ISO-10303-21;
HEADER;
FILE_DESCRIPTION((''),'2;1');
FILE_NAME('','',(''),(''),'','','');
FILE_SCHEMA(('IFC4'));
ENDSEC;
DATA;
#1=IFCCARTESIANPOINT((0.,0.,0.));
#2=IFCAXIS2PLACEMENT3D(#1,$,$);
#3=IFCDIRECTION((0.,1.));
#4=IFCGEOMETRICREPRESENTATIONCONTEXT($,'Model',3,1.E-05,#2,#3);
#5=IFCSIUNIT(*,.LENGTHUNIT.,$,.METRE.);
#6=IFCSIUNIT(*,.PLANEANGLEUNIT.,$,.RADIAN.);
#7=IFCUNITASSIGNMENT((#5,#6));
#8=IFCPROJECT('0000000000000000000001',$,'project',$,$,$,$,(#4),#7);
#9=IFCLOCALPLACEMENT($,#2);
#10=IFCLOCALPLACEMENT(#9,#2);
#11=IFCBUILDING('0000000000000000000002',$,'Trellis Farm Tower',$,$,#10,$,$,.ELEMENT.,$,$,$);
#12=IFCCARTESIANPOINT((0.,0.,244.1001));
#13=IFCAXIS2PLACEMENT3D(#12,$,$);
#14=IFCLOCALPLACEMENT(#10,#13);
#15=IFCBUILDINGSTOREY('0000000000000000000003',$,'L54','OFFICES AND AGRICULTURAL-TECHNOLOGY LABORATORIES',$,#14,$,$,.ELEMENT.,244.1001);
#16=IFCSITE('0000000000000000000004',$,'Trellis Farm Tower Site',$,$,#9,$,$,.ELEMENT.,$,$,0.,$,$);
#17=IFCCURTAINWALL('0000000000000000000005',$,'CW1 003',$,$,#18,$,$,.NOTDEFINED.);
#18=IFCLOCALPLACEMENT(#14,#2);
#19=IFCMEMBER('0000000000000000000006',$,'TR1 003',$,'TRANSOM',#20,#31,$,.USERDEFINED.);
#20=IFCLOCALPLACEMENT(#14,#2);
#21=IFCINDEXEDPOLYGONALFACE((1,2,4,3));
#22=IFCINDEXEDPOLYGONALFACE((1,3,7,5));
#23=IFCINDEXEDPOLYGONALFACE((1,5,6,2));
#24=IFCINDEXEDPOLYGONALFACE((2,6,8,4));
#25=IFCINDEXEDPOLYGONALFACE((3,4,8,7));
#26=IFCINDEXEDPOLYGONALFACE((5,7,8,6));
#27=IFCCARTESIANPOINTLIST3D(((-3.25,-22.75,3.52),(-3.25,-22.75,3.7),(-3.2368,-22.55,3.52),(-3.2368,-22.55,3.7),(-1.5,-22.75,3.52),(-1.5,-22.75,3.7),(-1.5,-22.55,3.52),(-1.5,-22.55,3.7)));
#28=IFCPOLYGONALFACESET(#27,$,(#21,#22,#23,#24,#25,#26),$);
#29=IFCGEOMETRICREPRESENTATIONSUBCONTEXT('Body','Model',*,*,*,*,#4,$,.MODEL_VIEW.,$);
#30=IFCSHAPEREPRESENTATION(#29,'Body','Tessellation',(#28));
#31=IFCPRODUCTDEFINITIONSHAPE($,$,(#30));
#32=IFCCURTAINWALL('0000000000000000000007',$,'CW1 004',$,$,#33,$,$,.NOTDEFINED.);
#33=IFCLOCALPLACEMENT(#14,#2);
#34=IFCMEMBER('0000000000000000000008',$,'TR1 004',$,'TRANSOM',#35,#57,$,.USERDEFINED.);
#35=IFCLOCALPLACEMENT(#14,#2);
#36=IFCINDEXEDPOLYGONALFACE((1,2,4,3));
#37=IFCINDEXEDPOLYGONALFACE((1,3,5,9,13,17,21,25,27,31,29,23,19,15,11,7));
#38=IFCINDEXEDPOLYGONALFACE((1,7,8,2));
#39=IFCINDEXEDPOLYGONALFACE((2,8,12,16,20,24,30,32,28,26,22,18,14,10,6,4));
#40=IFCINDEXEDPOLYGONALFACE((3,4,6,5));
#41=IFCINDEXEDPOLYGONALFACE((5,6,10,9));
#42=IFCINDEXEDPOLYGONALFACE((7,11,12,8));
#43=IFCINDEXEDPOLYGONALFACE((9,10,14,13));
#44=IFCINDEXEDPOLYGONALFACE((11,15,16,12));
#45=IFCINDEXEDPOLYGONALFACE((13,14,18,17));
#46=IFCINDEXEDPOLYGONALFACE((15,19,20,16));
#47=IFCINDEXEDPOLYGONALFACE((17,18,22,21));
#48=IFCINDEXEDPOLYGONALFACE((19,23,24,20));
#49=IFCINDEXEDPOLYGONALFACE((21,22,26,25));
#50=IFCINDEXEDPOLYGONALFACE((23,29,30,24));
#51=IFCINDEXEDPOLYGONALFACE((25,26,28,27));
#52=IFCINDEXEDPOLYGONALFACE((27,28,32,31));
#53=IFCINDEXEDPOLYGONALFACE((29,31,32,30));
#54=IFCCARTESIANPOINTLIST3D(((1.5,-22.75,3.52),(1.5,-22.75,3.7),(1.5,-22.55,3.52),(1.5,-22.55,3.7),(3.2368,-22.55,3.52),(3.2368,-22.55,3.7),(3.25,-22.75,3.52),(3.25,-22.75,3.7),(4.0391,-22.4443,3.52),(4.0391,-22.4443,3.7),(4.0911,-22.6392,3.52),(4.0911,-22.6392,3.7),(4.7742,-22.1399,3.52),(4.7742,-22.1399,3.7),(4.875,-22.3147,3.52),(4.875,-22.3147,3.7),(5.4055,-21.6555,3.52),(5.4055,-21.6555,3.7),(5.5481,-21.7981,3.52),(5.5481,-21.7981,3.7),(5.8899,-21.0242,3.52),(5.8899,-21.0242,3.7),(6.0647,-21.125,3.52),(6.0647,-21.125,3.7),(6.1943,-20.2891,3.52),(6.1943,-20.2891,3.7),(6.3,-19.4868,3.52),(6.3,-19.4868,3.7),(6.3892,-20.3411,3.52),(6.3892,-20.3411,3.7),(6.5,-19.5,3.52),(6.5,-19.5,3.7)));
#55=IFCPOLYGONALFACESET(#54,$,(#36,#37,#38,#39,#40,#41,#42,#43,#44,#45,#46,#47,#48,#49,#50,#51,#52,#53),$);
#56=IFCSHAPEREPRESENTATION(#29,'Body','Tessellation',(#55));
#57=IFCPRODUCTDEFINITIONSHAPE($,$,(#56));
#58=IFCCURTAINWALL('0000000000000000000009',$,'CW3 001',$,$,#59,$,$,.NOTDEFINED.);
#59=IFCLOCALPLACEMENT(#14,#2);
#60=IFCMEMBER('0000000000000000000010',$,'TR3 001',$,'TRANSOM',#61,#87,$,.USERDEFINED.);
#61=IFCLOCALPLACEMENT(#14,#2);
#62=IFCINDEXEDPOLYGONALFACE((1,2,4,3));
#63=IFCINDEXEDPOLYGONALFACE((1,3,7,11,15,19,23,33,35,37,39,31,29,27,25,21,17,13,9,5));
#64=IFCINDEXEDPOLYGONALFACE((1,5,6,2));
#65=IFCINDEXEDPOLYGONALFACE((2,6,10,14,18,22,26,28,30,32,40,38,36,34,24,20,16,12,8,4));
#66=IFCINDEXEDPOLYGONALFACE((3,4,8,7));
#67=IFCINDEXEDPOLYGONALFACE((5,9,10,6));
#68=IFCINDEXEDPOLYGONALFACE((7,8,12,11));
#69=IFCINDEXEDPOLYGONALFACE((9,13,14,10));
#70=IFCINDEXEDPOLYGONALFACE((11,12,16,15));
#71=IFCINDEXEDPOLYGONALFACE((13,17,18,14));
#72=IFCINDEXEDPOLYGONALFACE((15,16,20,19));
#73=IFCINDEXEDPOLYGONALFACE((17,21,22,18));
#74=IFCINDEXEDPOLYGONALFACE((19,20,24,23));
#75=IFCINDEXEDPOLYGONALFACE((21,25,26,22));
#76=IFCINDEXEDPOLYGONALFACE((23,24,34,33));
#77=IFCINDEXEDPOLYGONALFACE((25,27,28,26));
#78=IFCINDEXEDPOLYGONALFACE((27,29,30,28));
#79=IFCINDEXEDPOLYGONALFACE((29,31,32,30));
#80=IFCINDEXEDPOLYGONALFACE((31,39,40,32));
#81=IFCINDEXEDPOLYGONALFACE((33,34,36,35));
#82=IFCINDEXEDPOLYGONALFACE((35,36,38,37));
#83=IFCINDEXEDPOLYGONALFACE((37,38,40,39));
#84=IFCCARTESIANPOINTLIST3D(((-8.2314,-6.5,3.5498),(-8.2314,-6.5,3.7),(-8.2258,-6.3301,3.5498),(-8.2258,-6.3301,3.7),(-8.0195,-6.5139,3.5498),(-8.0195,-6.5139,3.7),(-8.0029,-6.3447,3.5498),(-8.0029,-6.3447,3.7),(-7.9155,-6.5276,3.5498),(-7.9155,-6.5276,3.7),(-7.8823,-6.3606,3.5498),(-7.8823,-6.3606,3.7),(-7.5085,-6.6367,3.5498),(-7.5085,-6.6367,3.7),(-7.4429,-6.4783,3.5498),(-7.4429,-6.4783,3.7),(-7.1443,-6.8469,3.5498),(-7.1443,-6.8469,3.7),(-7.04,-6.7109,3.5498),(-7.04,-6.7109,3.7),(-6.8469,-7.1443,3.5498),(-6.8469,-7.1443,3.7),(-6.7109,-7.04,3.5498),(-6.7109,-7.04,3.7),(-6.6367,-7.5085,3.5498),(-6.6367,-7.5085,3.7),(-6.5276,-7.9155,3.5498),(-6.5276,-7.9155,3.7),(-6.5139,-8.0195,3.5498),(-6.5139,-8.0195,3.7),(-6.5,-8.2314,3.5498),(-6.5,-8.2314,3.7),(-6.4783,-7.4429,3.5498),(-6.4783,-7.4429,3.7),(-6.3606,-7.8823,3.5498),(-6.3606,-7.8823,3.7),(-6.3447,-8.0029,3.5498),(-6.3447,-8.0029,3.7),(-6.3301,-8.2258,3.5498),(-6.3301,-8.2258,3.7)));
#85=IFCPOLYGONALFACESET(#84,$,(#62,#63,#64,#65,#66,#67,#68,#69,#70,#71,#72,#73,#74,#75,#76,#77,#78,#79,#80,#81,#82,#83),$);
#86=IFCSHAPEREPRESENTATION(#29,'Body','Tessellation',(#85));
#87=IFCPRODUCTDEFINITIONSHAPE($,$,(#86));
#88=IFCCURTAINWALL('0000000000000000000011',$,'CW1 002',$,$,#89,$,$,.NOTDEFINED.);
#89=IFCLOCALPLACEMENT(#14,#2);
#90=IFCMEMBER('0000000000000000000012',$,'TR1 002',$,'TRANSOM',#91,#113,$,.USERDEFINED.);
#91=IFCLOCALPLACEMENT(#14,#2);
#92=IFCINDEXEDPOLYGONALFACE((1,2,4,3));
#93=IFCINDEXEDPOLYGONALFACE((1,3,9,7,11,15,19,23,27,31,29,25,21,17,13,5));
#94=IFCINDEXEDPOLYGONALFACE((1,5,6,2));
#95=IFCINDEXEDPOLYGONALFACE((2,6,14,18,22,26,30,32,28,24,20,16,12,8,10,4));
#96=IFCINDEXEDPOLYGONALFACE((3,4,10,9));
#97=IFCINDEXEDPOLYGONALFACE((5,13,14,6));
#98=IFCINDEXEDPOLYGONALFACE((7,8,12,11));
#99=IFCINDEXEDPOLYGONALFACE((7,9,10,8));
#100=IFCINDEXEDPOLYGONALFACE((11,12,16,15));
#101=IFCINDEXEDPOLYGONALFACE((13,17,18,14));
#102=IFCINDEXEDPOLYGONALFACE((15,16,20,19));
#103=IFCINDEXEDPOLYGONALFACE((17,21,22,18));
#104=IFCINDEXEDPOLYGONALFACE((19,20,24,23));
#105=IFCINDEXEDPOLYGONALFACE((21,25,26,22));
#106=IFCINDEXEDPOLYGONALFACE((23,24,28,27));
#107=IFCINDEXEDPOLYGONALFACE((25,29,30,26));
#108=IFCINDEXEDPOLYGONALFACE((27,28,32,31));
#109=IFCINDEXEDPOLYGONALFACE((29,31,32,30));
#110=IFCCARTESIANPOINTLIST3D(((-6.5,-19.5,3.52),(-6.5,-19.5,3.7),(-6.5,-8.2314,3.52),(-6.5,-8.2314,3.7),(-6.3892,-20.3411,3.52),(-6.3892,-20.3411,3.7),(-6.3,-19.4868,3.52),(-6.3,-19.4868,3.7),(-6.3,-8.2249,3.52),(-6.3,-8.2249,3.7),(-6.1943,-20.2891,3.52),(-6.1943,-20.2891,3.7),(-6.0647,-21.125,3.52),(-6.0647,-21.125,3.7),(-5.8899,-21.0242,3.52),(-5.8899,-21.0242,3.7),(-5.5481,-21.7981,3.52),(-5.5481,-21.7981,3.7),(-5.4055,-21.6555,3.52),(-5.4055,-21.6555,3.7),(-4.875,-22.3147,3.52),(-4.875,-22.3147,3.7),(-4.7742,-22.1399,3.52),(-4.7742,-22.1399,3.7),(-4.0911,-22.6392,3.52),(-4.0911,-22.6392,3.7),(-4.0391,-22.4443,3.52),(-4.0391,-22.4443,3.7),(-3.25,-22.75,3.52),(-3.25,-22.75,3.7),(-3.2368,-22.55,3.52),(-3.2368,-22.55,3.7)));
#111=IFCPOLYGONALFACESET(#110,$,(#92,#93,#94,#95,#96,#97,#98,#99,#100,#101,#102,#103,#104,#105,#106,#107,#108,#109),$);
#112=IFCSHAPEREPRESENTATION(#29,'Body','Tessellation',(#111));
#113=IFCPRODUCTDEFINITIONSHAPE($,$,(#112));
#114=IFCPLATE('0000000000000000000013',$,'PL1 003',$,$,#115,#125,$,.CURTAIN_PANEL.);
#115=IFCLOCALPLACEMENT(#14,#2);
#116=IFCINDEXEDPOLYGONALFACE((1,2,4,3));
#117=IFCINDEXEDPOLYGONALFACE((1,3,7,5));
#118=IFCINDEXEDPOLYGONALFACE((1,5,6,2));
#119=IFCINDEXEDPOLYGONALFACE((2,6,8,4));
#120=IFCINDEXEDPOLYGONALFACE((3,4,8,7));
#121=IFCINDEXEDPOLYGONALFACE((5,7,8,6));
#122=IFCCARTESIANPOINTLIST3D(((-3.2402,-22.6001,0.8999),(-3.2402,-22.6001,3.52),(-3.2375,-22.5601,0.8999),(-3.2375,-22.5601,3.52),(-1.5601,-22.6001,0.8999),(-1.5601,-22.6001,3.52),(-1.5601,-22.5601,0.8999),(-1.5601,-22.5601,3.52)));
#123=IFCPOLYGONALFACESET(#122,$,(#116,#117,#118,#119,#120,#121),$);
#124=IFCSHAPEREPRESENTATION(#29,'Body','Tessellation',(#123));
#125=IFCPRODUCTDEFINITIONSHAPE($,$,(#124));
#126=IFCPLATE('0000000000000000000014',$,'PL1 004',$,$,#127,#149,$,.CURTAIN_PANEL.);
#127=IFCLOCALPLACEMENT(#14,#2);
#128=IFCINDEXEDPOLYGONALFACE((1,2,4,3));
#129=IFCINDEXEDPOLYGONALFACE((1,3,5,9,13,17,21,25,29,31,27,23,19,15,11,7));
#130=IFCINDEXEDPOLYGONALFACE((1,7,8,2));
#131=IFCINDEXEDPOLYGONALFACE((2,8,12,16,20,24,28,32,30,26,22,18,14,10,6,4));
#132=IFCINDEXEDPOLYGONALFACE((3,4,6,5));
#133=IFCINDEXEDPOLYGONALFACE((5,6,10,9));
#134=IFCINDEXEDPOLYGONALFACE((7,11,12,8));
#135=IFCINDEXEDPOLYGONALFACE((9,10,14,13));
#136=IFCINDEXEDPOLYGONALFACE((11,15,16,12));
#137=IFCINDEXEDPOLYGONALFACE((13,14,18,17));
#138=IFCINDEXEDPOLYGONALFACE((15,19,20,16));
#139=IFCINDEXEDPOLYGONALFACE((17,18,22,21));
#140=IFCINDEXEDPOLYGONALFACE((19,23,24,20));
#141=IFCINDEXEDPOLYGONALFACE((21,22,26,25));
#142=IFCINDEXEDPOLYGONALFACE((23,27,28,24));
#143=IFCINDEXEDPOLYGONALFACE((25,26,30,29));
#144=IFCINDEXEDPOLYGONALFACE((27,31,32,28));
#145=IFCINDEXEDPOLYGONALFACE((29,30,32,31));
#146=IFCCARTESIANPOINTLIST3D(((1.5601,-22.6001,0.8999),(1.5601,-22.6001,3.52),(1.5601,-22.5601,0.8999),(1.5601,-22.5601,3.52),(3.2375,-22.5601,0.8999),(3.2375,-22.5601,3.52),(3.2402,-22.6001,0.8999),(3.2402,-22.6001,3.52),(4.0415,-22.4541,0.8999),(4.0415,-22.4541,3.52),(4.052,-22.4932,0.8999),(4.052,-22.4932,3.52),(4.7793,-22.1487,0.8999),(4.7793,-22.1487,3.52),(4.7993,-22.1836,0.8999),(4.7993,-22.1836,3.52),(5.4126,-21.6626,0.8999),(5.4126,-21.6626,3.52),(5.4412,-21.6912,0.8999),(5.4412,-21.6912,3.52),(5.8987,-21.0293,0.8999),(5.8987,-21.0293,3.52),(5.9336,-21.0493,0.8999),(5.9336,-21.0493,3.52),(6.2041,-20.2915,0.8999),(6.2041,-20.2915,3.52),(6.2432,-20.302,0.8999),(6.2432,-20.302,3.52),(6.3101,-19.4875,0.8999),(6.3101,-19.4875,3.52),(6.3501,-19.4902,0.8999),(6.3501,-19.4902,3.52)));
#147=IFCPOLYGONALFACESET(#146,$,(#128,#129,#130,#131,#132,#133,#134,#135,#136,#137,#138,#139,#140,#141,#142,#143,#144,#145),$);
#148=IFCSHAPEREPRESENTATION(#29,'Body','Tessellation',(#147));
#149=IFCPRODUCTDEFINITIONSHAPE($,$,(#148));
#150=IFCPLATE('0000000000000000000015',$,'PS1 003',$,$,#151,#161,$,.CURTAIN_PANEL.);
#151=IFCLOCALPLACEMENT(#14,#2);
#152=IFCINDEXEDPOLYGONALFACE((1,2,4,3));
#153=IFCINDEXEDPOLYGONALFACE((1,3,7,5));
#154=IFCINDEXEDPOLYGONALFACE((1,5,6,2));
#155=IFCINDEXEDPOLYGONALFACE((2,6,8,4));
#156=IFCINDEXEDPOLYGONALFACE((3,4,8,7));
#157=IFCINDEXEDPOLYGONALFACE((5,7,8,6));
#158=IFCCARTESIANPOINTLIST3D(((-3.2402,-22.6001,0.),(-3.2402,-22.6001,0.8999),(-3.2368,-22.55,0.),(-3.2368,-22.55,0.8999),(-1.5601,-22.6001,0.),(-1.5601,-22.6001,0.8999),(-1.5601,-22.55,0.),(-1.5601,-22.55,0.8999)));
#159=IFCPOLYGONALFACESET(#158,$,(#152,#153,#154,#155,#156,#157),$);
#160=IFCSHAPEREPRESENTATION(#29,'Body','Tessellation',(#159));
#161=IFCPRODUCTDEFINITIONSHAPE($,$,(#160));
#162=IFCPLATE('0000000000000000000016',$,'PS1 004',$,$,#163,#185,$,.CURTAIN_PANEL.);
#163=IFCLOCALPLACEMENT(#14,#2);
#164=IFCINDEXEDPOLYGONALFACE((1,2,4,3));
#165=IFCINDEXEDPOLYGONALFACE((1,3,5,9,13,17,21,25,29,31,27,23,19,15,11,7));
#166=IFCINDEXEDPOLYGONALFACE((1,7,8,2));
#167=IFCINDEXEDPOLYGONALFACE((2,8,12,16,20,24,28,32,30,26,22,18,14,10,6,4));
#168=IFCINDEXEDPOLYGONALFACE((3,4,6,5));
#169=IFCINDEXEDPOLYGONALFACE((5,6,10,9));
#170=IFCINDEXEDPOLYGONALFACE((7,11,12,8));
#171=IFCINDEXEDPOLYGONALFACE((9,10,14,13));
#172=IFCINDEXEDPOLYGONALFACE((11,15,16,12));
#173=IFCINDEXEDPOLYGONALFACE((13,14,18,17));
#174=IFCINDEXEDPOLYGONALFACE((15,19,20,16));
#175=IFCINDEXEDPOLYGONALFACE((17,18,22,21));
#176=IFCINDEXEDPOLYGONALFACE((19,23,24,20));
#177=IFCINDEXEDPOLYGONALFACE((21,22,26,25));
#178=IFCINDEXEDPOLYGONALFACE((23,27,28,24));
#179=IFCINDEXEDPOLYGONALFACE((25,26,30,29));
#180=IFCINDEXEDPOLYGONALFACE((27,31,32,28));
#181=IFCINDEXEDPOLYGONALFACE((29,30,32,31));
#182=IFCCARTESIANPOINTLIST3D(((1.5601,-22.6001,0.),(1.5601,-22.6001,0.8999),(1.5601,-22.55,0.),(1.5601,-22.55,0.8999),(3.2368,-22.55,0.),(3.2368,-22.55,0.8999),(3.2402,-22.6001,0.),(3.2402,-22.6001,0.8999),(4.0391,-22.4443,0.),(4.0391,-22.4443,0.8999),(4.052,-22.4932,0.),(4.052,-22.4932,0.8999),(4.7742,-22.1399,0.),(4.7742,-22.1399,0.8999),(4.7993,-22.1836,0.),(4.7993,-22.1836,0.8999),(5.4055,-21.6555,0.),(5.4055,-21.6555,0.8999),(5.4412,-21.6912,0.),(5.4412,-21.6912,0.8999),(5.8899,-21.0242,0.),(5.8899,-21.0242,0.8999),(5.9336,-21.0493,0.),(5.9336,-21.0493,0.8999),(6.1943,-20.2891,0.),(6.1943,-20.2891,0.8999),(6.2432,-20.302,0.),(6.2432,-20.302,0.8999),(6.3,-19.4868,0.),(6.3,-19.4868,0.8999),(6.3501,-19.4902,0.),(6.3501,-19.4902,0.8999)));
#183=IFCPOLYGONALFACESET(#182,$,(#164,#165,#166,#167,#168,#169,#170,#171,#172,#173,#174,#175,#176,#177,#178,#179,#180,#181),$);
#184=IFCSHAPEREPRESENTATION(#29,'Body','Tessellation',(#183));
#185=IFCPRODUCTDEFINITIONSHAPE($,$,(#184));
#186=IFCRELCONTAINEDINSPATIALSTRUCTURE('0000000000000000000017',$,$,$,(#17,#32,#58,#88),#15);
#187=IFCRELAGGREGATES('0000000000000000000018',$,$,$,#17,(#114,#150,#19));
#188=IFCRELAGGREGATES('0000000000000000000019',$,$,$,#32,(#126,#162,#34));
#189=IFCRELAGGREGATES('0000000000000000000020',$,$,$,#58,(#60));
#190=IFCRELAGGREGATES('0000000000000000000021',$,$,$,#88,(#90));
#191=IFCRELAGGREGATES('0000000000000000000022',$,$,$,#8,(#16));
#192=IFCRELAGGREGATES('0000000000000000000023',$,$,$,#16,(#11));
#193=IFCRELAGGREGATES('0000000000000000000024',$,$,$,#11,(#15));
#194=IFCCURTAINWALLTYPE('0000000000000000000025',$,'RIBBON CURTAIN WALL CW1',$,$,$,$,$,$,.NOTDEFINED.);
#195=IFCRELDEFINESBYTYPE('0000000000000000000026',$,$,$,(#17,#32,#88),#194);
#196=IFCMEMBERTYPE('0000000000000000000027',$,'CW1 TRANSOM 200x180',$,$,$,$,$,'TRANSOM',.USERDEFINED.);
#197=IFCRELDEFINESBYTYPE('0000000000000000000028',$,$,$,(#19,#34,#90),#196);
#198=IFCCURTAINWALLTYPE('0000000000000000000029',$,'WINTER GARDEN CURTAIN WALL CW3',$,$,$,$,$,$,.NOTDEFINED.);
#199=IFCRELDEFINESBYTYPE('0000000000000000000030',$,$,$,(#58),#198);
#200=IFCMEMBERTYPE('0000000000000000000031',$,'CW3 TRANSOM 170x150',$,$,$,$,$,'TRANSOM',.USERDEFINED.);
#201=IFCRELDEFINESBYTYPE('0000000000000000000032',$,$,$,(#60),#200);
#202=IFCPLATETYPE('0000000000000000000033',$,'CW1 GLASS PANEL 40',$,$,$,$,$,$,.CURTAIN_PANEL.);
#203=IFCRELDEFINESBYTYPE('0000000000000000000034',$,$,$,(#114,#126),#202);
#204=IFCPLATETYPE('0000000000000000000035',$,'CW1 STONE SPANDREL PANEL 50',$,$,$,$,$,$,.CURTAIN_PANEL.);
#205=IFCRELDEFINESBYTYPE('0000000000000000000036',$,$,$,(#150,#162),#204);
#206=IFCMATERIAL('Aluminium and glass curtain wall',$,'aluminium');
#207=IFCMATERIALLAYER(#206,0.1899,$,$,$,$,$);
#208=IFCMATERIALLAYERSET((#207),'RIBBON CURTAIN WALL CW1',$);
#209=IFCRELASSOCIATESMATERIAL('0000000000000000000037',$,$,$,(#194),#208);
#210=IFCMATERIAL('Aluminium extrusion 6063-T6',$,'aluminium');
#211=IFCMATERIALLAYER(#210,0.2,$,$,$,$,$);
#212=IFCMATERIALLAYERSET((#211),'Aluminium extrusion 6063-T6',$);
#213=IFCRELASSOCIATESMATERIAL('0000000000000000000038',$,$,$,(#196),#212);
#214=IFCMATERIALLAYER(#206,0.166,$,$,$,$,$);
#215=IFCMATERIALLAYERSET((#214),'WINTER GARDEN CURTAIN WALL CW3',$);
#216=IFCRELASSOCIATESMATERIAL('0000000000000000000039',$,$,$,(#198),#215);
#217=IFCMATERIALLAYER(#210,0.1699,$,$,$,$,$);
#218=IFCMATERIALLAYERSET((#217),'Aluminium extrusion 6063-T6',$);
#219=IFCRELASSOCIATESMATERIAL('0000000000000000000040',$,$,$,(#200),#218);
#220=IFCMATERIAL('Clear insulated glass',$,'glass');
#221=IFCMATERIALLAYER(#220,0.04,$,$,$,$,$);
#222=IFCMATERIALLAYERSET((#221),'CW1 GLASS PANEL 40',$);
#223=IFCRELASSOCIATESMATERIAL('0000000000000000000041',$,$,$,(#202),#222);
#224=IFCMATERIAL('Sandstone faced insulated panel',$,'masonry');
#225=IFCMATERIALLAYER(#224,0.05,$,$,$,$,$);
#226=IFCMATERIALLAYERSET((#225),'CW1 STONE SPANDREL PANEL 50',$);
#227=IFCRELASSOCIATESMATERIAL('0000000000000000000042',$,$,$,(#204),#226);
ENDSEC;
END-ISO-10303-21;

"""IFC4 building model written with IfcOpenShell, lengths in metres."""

from ifc_helpers import new_model, si_unit, direction, frame, origin, place, context, subcontext, project, spatial, polyline, outline, extrude, source, transform, mapped, material, layer, layer_set, type_object, element, aggregate, save


model = new_model("IFC4")

# Units and contexts
model_context = context("Model", 3, precision=1e-05, world=origin(), true_north=direction((0.0, 1.0)))
body_context = subcontext(model_context, "Body", "Model", "MODEL_VIEW")
ifc_project = project(units=[si_unit("LENGTHUNIT", "METRE"), si_unit("PLANEANGLEUNIT", "RADIAN")], contexts=[model_context])

# Site, building, storey
site_placement = place(None, origin())
site = spatial("IfcSite", under=ifc_project, at=site_placement, Name="Trellis Farm Tower Site", CompositionType="ELEMENT", RefElevation=0.0)
building_placement = place(site_placement, origin())
building = spatial("IfcBuilding", under=site, at=building_placement, Name="Trellis Farm Tower", CompositionType="ELEMENT")
storey_placement = place(building_placement, frame((0.0, 0.0, 244.1001)))
storey = spatial("IfcBuildingStorey", under=building, at=storey_placement, Name="L54", Description="OFFICES AND AGRICULTURAL-TECHNOLOGY LABORATORIES", CompositionType="ELEMENT", Elevation=244.1001)

# Curtain walls, members
ifc_material_1 = material(Name="Aluminium and glass curtain wall", Category="aluminium")
ifc_layer_1 = layer(ifc_material_1, 0.1899)
ifc_layer_set_1 = layer_set([ifc_layer_1], Name="RIBBON CURTAIN WALL CW1")
curtain_wall_type_1 = type_object("IfcCurtainWallType", Name="RIBBON CURTAIN WALL CW1", PredefinedType="NOTDEFINED", material=ifc_layer_set_1)
placement_1 = place(storey_placement, origin())
curtain_wall_1 = element("IfcCurtainWall", 1, at=placement_1, inside=storey, type_object=curtain_wall_type_1, Name="CW1 003", PredefinedType="NOTDEFINED")
ifc_material_2 = material(Name="Aluminium extrusion 6063-T6", Category="aluminium")
ifc_layer_2 = layer(ifc_material_2, 0.2)
ifc_layer_set_2 = layer_set([ifc_layer_2], Name="Aluminium extrusion 6063-T6")
member_type_1 = type_object("IfcMemberType", Name="CW1 TRANSOM 200x180", ElementType="TRANSOM", PredefinedType="USERDEFINED", material=ifc_layer_set_2)
placement_2 = place(storey_placement, frame((0.0, 0.0, 3.52)))
member_1 = element("IfcMember", 2, at=placement_2, type_object=member_type_1, Name="TR1 003", ObjectType="TRANSOM", PredefinedType="USERDEFINED", context=body_context, shape_type="SweptSolid", body=[
    extrude(outline(polyline([(-3.25, -22.75), (-1.5, -22.75), (-1.5, -22.55), (-3.2368, -22.55), (-3.25, -22.75)])), origin(), (0.0, 0.0, 1.0), 0.1799),
])
curtain_wall_2 = element("IfcCurtainWall", 3, at=placement_1, inside=storey, type_object=curtain_wall_type_1, Name="CW1 004", PredefinedType="NOTDEFINED")
member_2 = element("IfcMember", 4, at=placement_2, type_object=member_type_1, Name="TR1 004", ObjectType="TRANSOM", PredefinedType="USERDEFINED", context=body_context, shape_type="SweptSolid", body=[
    extrude(outline(polyline([(1.5, -22.75), (3.25, -22.75), (4.0911, -22.6392), (4.875, -22.3147), (5.5481, -21.7981), (6.0647, -21.125), (6.3892, -20.3411), (6.5, -19.5), (6.3, -19.4868), (6.1943, -20.2891), (5.8899, -21.0242), (5.4055, -21.6555), (4.7742, -22.1399), (4.0391, -22.4443), (3.2368, -22.55), (1.5, -22.55), (1.5, -22.75)])), origin(), (0.0, 0.0, 1.0), 0.1799),
])
ifc_layer_3 = layer(ifc_material_1, 0.166)
ifc_layer_set_3 = layer_set([ifc_layer_3], Name="WINTER GARDEN CURTAIN WALL CW3")
curtain_wall_type_2 = type_object("IfcCurtainWallType", Name="WINTER GARDEN CURTAIN WALL CW3", PredefinedType="NOTDEFINED", material=ifc_layer_set_3)
curtain_wall_3 = element("IfcCurtainWall", 5, at=placement_1, inside=storey, type_object=curtain_wall_type_2, Name="CW3 001", PredefinedType="NOTDEFINED")
ifc_layer_4 = layer(ifc_material_2, 0.1699)
ifc_layer_set_4 = layer_set([ifc_layer_4], Name="Aluminium extrusion 6063-T6")
member_type_2 = type_object("IfcMemberType", Name="CW3 TRANSOM 170x150", ElementType="TRANSOM", PredefinedType="USERDEFINED", material=ifc_layer_set_4)
shared_shape_1 = source(origin(), body_context, "Body", "SweptSolid", [
    extrude(outline(polyline([(-8.2314, -6.5), (-8.0195, -6.5139), (-7.9155, -6.5276), (-7.5085, -6.6367), (-7.1443, -6.8469), (-6.8469, -7.1443), (-6.6367, -7.5085), (-6.5276, -7.9155), (-6.5139, -8.0195), (-6.5, -8.2314), (-6.3301, -8.2258), (-6.3447, -8.0029), (-6.3606, -7.8823), (-6.4783, -7.4429), (-6.7109, -7.04), (-7.04, -6.7109), (-7.4429, -6.4783), (-7.8823, -6.3606), (-8.0029, -6.3447), (-8.2258, -6.3301), (-8.2314, -6.5)])), origin(), (0.0, 0.0, 1.0), 0.1501),
])
member_3_placement = place(storey_placement, frame((0.0, 0.0, 3.5498)))
member_3 = element("IfcMember", 6, at=member_3_placement, type_object=member_type_2, Name="TR3 001", ObjectType="TRANSOM", PredefinedType="USERDEFINED", context=body_context, shape_type="MappedRepresentation", body=[
    mapped(shared_shape_1, transform((0.0, 0.0, 0.0))),
])
curtain_wall_4 = element("IfcCurtainWall", 7, at=placement_1, inside=storey, type_object=curtain_wall_type_1, Name="CW1 002", PredefinedType="NOTDEFINED")
shared_shape_2 = source(origin(), body_context, "Body", "SweptSolid", [
    extrude(outline(polyline([(-6.5, -8.2314), (-6.5, -19.5), (-6.3892, -20.3411), (-6.0647, -21.125), (-5.5481, -21.7981), (-4.875, -22.3147), (-4.0911, -22.6392), (-3.25, -22.75), (-3.2368, -22.55), (-4.0391, -22.4443), (-4.7742, -22.1399), (-5.4055, -21.6555), (-5.8899, -21.0242), (-6.1943, -20.2891), (-6.3, -19.4868), (-6.3, -8.2249), (-6.5, -8.2314)])), origin(), (0.0, 0.0, 1.0), 0.1799),
])
member_4 = element("IfcMember", 8, at=placement_2, type_object=member_type_1, Name="TR1 002", ObjectType="TRANSOM", PredefinedType="USERDEFINED", context=body_context, shape_type="MappedRepresentation", body=[
    mapped(shared_shape_2, transform((0.0, 0.0, 0.0))),
])

# Plates
ifc_material_3 = material(Name="Clear insulated glass", Category="glass")
ifc_layer_5 = layer(ifc_material_3, 0.04)
ifc_layer_set_5 = layer_set([ifc_layer_5], Name="CW1 GLASS PANEL 40")
plate_type_1 = type_object("IfcPlateType", Name="CW1 GLASS PANEL 40", PredefinedType="CURTAIN_PANEL", material=ifc_layer_set_5)
placement_3 = place(storey_placement, frame((0.0, 0.0, 0.8999)))
plate_1 = element("IfcPlate", 9, at=placement_3, type_object=plate_type_1, Name="PL1 003", PredefinedType="CURTAIN_PANEL", context=body_context, shape_type="SweptSolid", body=[
    extrude(outline(polyline([(-3.2402, -22.6001), (-1.5601, -22.6001), (-1.5601, -22.5601), (-3.2375, -22.5601), (-3.2402, -22.6001)])), origin(), (0.0, 0.0, 1.0), 2.6201),
])
plate_2 = element("IfcPlate", 10, at=placement_3, type_object=plate_type_1, Name="PL1 004", PredefinedType="CURTAIN_PANEL", context=body_context, shape_type="SweptSolid", body=[
    extrude(outline(polyline([(1.5601, -22.6001), (3.2402, -22.6001), (4.052, -22.4932), (4.7993, -22.1836), (5.4412, -21.6912), (5.9336, -21.0493), (6.2432, -20.302), (6.3501, -19.4902), (6.3101, -19.4875), (6.2041, -20.2915), (5.8987, -21.0293), (5.4126, -21.6626), (4.7793, -22.1487), (4.0415, -22.4541), (3.2375, -22.5601), (1.5601, -22.5601), (1.5601, -22.6001)])), origin(), (0.0, 0.0, 1.0), 2.6201),
])
ifc_material_4 = material(Name="Sandstone faced insulated panel", Category="masonry")
ifc_layer_6 = layer(ifc_material_4, 0.05)
ifc_layer_set_6 = layer_set([ifc_layer_6], Name="CW1 STONE SPANDREL PANEL 50")
plate_type_2 = type_object("IfcPlateType", Name="CW1 STONE SPANDREL PANEL 50", PredefinedType="CURTAIN_PANEL", material=ifc_layer_set_6)
plate_3 = element("IfcPlate", 11, at=placement_1, type_object=plate_type_2, Name="PS1 003", PredefinedType="CURTAIN_PANEL", context=body_context, shape_type="SweptSolid", body=[
    extrude(outline(polyline([(-3.2402, -22.6001), (-1.5601, -22.6001), (-1.5601, -22.55), (-3.2368, -22.55), (-3.2402, -22.6001)])), origin(), (0.0, 0.0, 1.0), 0.8999),
])
aggregate(curtain_wall_1, [plate_1, plate_3, member_1])
plate_4 = element("IfcPlate", 12, at=placement_1, type_object=plate_type_2, Name="PS1 004", PredefinedType="CURTAIN_PANEL", context=body_context, shape_type="SweptSolid", body=[
    extrude(outline(polyline([(1.5601, -22.6001), (3.2402, -22.6001), (4.052, -22.4932), (4.7993, -22.1836), (5.4412, -21.6912), (5.9336, -21.0493), (6.2432, -20.302), (6.3501, -19.4902), (6.3, -19.4868), (6.1943, -20.2891), (5.8899, -21.0242), (5.4055, -21.6555), (4.7742, -22.1399), (4.0391, -22.4443), (3.2368, -22.55), (1.5601, -22.55), (1.5601, -22.6001)])), origin(), (0.0, 0.0, 1.0), 0.8999),
])
aggregate(curtain_wall_2, [plate_2, plate_4, member_2])
aggregate(curtain_wall_3, [member_3])
aggregate(curtain_wall_4, [member_4])

save(model, "model.ifc")
